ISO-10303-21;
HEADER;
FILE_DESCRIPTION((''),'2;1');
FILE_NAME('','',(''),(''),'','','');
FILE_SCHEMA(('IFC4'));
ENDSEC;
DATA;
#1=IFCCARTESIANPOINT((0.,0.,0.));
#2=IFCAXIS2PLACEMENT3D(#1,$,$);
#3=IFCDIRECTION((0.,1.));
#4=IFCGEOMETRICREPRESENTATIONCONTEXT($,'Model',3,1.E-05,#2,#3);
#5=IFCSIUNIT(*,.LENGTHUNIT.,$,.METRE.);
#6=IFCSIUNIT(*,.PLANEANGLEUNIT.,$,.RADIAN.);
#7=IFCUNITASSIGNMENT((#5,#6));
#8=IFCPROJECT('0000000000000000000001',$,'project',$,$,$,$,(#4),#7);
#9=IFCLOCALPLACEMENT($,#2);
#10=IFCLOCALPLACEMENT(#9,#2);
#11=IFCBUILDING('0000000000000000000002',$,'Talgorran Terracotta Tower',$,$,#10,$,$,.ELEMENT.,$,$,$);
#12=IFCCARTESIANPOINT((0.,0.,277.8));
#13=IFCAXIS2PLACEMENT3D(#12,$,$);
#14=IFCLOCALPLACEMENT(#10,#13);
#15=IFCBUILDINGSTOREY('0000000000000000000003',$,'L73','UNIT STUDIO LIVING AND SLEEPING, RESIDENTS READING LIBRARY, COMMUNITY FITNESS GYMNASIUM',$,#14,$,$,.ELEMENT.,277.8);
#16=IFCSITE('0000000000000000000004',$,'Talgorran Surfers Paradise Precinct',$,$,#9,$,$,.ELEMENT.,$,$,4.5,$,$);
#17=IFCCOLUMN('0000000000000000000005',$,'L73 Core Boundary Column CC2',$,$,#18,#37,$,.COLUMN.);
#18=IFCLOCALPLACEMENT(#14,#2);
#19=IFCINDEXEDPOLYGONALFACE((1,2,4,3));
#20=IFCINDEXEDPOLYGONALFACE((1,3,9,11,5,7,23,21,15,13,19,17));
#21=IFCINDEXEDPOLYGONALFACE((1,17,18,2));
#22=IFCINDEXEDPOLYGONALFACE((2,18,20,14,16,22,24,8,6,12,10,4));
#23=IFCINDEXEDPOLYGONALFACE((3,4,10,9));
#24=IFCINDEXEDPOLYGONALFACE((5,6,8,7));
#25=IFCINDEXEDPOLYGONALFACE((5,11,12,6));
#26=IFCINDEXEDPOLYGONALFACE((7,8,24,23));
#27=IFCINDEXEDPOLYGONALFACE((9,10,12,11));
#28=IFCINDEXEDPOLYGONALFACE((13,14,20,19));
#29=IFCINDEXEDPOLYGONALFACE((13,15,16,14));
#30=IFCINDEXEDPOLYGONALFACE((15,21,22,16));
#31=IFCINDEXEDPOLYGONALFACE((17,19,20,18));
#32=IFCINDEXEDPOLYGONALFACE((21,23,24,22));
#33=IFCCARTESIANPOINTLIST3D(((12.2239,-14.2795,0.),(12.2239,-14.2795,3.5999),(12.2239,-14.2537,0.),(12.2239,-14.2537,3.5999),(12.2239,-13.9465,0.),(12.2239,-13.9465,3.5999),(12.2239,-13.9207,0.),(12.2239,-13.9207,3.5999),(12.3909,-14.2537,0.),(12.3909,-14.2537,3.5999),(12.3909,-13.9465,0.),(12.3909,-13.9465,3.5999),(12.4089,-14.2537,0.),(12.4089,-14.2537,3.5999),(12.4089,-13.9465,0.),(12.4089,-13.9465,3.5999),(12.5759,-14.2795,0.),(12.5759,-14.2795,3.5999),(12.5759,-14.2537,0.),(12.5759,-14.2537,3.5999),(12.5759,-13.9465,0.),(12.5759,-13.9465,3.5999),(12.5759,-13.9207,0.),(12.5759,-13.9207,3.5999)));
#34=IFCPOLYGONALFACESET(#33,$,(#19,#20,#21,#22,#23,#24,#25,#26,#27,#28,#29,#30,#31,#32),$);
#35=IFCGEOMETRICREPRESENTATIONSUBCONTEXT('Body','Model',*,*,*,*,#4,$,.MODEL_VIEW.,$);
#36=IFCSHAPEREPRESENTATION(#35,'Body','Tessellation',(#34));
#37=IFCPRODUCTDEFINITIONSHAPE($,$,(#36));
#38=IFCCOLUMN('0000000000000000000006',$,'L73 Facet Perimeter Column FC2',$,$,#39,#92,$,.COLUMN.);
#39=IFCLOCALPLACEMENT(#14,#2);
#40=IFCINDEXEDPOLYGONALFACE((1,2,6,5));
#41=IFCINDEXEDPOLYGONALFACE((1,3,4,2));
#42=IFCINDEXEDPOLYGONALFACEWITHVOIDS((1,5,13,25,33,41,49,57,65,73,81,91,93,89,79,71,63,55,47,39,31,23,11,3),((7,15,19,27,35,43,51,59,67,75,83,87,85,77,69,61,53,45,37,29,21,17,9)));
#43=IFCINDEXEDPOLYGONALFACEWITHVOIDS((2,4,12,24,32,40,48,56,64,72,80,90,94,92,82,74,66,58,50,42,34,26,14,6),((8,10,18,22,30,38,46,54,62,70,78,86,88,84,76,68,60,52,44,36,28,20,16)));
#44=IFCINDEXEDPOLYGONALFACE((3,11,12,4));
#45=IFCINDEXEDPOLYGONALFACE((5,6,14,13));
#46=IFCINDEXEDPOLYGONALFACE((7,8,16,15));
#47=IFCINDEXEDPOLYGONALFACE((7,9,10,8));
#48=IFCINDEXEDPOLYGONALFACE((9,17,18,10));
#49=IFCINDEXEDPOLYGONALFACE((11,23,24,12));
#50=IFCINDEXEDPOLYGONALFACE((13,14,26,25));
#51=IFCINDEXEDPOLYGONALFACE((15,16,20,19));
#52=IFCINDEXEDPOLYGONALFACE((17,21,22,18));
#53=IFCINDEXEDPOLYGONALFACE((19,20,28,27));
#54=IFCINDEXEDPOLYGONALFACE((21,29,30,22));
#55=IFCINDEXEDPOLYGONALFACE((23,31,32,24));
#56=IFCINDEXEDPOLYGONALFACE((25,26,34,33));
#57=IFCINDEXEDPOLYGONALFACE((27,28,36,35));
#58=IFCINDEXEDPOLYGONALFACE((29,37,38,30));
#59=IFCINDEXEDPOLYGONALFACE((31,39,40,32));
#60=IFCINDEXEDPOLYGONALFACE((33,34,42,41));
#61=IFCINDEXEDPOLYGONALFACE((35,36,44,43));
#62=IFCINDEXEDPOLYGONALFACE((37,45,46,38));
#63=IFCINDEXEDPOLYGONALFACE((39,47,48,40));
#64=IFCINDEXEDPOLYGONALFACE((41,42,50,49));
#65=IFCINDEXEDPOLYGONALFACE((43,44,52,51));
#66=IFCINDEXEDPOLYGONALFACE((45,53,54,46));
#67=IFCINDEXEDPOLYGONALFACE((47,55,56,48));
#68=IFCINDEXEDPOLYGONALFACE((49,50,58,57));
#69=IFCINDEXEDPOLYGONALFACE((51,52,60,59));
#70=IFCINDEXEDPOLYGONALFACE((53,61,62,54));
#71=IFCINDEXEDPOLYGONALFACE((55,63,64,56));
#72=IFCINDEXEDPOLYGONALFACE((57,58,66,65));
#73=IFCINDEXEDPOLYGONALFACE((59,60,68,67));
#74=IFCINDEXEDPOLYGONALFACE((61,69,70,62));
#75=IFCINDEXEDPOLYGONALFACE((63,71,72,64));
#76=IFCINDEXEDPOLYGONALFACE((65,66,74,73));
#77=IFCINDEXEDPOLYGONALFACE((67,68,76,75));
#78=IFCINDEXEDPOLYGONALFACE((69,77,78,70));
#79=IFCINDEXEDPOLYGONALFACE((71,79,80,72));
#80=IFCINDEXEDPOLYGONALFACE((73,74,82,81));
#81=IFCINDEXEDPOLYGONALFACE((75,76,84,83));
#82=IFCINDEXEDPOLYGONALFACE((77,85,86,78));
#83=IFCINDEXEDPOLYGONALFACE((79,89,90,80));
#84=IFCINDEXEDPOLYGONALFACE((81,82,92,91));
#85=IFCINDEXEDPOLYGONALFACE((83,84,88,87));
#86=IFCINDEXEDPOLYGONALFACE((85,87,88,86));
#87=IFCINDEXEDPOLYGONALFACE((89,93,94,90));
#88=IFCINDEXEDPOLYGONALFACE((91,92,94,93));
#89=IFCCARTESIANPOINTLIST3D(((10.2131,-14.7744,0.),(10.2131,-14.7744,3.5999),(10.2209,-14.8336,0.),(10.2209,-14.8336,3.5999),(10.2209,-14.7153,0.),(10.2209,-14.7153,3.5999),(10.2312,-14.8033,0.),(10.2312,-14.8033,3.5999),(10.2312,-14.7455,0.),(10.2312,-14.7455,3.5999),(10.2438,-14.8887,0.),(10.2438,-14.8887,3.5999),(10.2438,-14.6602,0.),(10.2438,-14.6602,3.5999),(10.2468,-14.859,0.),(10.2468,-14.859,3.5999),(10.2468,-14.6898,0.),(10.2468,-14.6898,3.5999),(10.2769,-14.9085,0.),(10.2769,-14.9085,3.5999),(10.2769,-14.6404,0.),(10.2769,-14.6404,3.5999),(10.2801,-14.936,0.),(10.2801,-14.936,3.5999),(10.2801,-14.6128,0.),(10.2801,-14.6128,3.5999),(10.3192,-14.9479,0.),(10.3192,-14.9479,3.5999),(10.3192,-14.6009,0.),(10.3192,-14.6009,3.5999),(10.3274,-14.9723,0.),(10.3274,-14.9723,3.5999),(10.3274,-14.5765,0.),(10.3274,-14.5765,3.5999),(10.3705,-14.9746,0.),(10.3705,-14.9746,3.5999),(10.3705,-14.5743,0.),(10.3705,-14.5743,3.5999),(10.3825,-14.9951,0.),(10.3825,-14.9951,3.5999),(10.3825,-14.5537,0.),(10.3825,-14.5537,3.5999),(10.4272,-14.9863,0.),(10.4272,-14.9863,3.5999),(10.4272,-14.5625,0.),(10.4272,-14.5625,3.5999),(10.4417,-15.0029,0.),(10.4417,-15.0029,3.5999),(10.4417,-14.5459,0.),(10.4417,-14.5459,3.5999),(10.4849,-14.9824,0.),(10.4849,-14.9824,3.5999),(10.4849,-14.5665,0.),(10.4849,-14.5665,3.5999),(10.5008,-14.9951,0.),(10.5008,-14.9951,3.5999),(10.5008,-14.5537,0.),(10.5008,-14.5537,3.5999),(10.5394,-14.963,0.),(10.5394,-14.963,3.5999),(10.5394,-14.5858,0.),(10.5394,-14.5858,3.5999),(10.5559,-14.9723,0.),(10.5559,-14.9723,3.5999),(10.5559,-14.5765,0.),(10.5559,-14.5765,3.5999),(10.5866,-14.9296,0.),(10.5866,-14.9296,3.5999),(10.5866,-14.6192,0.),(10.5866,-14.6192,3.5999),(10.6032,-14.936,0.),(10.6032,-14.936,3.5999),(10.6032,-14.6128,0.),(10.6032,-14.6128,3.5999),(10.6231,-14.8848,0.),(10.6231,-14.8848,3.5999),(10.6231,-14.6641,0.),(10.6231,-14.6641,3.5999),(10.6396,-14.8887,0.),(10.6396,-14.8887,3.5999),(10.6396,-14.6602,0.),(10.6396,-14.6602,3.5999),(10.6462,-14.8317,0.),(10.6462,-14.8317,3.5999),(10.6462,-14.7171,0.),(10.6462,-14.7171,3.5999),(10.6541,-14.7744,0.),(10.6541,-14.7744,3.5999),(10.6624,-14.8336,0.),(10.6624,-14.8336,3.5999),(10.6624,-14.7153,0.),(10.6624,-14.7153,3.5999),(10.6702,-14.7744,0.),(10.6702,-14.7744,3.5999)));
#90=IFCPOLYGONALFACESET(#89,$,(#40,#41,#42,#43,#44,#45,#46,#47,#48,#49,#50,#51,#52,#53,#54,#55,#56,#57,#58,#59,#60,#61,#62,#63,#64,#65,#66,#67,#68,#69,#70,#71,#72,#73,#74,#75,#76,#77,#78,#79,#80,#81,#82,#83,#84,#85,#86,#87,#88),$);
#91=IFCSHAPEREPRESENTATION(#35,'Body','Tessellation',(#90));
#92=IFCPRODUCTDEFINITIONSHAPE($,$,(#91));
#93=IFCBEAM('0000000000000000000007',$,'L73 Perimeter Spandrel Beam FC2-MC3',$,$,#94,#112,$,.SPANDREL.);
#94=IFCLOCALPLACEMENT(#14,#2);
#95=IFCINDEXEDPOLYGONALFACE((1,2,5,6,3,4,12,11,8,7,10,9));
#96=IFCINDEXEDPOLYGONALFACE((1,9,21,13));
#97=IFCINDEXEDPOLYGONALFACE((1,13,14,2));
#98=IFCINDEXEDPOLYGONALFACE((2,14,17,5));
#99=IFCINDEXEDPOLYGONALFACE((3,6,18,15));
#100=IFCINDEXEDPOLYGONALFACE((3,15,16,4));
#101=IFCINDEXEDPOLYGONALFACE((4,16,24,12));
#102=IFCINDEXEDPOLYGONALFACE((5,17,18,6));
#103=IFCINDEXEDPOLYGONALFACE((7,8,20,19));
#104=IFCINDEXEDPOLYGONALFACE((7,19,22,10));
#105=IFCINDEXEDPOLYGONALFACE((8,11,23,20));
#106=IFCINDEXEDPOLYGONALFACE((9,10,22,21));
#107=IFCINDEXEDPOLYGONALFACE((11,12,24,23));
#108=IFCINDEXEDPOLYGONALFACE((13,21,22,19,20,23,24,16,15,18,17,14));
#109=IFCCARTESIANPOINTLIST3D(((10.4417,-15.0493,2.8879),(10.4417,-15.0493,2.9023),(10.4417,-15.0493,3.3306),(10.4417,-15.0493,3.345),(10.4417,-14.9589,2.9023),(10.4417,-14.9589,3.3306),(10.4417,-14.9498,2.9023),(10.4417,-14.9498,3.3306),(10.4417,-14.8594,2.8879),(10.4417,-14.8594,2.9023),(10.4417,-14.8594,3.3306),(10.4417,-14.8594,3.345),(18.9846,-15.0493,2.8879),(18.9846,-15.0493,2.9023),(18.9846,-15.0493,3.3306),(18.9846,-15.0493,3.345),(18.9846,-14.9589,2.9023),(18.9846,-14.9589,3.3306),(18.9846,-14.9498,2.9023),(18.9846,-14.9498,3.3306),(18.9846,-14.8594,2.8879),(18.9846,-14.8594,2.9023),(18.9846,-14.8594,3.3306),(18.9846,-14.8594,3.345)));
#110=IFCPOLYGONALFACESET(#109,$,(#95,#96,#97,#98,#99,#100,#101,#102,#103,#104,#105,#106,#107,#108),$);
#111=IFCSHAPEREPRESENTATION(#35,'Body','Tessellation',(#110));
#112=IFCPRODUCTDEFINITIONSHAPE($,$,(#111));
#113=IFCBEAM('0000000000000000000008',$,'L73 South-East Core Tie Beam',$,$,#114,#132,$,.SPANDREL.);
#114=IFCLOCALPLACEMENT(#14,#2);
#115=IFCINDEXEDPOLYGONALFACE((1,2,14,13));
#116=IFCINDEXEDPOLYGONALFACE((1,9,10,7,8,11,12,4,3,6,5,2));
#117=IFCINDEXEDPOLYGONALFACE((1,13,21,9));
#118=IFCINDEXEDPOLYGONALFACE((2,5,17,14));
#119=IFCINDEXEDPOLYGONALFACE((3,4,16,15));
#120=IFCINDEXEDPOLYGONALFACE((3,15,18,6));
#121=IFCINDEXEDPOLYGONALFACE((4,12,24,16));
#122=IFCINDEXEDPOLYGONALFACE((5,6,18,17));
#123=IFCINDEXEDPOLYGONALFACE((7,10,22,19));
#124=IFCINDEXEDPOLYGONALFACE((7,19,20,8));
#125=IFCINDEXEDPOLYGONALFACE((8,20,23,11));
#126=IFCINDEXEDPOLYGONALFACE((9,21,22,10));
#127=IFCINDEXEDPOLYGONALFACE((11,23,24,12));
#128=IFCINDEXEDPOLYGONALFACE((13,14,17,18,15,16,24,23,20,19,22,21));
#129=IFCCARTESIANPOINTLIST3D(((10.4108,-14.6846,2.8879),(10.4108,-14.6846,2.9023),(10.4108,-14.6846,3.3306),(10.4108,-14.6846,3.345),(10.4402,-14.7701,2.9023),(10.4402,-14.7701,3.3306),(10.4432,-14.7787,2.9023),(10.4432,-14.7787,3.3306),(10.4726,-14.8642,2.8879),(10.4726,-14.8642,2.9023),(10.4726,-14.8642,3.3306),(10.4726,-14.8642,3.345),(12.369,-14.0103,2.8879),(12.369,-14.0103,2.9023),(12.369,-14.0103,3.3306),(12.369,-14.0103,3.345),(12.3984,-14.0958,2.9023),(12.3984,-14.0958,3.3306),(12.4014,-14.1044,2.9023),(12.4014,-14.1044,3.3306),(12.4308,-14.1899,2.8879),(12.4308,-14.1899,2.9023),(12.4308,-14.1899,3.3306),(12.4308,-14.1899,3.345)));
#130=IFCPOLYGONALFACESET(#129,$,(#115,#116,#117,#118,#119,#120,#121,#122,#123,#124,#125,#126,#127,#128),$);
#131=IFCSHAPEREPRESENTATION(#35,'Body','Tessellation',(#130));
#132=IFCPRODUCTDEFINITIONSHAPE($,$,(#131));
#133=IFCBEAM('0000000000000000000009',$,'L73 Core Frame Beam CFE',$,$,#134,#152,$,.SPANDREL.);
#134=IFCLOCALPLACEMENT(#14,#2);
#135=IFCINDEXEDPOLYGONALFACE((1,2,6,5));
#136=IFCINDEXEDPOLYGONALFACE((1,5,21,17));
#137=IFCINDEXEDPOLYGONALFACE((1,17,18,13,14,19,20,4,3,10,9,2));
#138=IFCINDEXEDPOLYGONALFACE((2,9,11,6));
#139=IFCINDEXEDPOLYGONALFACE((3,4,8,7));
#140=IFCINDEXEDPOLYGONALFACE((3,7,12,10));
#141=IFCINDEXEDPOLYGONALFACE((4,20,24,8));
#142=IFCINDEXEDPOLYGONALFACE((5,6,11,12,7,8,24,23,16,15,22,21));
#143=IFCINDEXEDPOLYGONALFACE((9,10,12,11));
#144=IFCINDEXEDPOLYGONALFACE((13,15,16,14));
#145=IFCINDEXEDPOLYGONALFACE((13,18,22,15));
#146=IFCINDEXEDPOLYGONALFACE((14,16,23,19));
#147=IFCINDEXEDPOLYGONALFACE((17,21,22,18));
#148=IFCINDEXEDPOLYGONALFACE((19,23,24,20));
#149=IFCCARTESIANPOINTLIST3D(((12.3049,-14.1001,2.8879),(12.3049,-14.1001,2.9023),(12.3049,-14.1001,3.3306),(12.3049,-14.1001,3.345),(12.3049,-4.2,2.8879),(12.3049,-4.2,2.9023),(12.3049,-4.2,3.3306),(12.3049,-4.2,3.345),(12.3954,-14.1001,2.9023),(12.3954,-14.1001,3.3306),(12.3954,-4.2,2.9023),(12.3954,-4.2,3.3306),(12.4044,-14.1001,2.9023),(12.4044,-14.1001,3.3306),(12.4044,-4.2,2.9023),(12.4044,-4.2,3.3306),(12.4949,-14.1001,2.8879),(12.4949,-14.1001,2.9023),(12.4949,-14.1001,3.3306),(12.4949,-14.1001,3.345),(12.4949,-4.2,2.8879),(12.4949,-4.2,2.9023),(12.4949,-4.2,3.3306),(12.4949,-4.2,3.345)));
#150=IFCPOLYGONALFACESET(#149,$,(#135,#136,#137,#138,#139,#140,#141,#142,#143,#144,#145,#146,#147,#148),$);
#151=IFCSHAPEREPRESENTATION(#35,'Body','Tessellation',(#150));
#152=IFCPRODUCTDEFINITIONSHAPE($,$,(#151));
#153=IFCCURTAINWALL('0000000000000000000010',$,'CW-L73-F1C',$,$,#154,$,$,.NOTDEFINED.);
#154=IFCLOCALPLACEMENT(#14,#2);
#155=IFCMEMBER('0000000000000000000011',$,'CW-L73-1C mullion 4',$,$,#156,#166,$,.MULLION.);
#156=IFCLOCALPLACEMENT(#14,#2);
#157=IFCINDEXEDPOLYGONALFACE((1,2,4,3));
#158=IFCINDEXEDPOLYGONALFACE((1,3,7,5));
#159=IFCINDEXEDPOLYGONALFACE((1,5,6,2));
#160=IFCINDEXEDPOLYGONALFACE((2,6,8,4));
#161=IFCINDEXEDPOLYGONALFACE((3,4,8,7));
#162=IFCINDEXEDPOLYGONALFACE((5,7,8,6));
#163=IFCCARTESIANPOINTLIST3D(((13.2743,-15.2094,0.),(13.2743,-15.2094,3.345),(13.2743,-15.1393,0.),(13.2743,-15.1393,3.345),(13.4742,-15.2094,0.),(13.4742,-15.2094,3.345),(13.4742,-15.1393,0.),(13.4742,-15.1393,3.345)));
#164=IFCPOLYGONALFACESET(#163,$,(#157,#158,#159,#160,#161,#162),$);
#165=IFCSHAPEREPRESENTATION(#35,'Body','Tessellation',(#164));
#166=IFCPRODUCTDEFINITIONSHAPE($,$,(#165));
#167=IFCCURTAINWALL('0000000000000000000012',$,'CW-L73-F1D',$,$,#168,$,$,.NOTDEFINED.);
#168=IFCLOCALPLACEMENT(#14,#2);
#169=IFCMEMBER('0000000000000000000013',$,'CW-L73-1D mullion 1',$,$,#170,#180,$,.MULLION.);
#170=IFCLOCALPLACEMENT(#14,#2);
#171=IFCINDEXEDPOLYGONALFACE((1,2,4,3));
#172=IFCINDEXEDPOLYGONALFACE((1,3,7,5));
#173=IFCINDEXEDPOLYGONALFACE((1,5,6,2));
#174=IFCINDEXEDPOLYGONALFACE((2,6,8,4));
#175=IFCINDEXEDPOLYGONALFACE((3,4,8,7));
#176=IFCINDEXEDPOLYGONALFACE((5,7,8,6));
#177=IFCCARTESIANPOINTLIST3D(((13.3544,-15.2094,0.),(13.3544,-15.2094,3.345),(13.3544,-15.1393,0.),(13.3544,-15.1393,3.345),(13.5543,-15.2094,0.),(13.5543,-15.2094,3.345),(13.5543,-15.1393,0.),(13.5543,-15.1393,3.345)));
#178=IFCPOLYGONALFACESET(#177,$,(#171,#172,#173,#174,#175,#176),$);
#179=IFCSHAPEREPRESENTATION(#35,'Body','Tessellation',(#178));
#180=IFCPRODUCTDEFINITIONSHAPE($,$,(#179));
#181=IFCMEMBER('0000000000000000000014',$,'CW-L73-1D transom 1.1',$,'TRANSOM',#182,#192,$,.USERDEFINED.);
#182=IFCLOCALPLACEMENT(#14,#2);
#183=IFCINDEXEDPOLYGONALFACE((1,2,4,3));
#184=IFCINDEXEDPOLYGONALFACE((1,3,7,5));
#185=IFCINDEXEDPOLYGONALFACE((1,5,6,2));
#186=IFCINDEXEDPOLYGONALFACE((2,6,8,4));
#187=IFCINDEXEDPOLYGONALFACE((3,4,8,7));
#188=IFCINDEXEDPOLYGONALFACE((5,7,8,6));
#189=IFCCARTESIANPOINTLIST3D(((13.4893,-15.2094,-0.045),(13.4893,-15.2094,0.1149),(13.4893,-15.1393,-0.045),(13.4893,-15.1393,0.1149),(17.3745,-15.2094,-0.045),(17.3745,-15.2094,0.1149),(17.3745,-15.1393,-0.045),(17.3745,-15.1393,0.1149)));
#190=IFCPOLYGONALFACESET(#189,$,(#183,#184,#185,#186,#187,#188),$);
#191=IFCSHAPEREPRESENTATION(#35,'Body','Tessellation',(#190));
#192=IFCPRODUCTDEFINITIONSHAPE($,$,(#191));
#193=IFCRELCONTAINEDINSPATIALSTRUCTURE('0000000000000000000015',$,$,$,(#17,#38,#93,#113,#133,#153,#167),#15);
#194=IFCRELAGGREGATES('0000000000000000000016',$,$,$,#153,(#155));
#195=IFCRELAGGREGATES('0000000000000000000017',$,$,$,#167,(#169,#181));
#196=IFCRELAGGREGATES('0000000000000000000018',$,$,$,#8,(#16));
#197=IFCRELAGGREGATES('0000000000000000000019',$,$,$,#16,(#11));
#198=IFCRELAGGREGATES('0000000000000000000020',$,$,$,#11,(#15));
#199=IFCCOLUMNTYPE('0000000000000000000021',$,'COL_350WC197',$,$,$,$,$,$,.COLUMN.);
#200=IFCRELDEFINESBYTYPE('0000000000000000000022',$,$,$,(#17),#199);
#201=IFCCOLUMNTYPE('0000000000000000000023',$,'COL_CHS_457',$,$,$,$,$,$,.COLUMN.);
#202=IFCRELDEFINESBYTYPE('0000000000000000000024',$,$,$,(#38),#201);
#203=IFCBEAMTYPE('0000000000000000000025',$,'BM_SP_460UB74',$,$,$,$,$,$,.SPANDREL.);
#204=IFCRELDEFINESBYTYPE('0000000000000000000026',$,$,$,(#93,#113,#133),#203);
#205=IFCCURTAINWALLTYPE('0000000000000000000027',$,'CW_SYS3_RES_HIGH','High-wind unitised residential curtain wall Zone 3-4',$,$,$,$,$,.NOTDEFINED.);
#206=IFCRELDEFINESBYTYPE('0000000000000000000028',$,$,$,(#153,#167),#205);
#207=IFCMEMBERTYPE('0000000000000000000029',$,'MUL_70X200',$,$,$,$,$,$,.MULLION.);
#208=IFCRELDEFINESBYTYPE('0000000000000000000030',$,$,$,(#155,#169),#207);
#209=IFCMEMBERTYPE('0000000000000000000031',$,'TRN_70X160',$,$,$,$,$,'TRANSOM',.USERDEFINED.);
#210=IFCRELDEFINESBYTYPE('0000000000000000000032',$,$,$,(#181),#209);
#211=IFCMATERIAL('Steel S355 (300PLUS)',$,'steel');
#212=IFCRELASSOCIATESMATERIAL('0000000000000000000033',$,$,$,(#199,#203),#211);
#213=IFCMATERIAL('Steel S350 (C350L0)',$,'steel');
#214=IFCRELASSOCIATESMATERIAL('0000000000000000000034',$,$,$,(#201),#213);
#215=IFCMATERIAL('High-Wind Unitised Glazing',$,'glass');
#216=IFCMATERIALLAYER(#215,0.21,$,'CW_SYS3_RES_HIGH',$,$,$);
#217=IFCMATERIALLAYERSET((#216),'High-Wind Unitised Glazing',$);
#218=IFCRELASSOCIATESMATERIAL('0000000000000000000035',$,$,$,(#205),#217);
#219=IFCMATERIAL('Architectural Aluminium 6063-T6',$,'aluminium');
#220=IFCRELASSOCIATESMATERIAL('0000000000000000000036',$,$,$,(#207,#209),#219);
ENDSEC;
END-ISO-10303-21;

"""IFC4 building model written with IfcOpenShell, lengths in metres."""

from ifc_helpers import new_model, si_unit, direction, frame, origin, origin_2d, place, context, subcontext, project, spatial, rectangle, hollow_circle, i_section, extrude, material, layer, layer_set, material_profile, profile_set, type_object, element, aggregate, save


model = new_model("IFC4")

# Units and contexts
model_context = context("Model", 3, precision=1e-05, world=origin(), true_north=direction((0.0, 1.0)))
body_context = subcontext(model_context, "Body", "Model", "MODEL_VIEW")
ifc_project = project(units=[si_unit("LENGTHUNIT", "METRE"), si_unit("PLANEANGLEUNIT", "RADIAN")], contexts=[model_context])

# Site, building, storey
site_placement = place(None, origin())
site = spatial("IfcSite", under=ifc_project, at=site_placement, Name="Talgorran Surfers Paradise Precinct", CompositionType="ELEMENT", RefElevation=4.5)
building_placement = place(site_placement, origin())
building = spatial("IfcBuilding", under=site, at=building_placement, Name="Talgorran Terracotta Tower", CompositionType="ELEMENT")
storey_placement = place(building_placement, frame((0.0, 0.0, 277.8)))
storey = spatial("IfcBuildingStorey", under=building, at=storey_placement, Name="L73", Description="UNIT STUDIO LIVING AND SLEEPING, RESIDENTS READING LIBRARY, COMMUNITY FITNESS GYMNASIUM", CompositionType="ELEMENT", Elevation=277.8)

# Columns
ifc_material_1 = material(Name="Steel S355 (300PLUS)", Category="steel")
ifc_material_profile_1 = material_profile(ifc_material_1, i_section(OverallWidth=0.3521, OverallDepth=0.3589, WebThickness=0.0181, FlangeThickness=0.0259, at=origin_2d()), Name="350WC197")
ifc_profile_set_1 = profile_set([ifc_material_profile_1], Name="Steel S355 (300PLUS)")
column_type_1 = type_object("IfcColumnType", Name="COL_350WC197", PredefinedType="COLUMN", material=ifc_profile_set_1)
column_1_placement = place(storey_placement, frame((12.3999, -14.1001, 0.0), z_axis=(0.0, 0.0, 1.0), x_axis=(1.0, 0.0, 0.0)))
element("IfcColumn", 1, at=column_1_placement, inside=storey, type_object=column_type_1, Name="L73 Core Boundary Column CC2", PredefinedType="COLUMN", context=body_context, shape_type="SweptSolid", body=[
    extrude(i_section(OverallWidth=0.3521, OverallDepth=0.3589, WebThickness=0.0181, FlangeThickness=0.0259, at=origin_2d()), origin(), (0.0, 0.0, 1.0), 3.5999),
])
ifc_material_2 = material(Name="Steel S350 (C350L0)", Category="steel")
ifc_material_profile_2 = material_profile(ifc_material_2, hollow_circle(Radius=0.2285, WallThickness=0.0161, at=origin_2d()), Name="CHS457X16")
ifc_profile_set_2 = profile_set([ifc_material_profile_2], Name="Steel S350 (C350L0)")
column_type_2 = type_object("IfcColumnType", Name="COL_CHS_457", PredefinedType="COLUMN", material=ifc_profile_set_2)
column_2_placement = place(storey_placement, frame((10.4417, -14.7744, 0.0), z_axis=(0.0, 0.0, 1.0), x_axis=(1.0, 0.0, 0.0)))
element("IfcColumn", 2, at=column_2_placement, inside=storey, type_object=column_type_2, Name="L73 Facet Perimeter Column FC2", PredefinedType="COLUMN", context=body_context, shape_type="SweptSolid", body=[
    extrude(hollow_circle(Radius=0.2285, WallThickness=0.0161, at=origin_2d()), origin(), (0.0, 0.0, 1.0), 3.5999),
])

# Beams
ifc_material_profile_3 = material_profile(ifc_material_1, i_section(OverallWidth=0.1899, OverallDepth=0.457, WebThickness=0.009, FlangeThickness=0.0144, at=origin_2d()), Name="460UB74.6")
ifc_profile_set_3 = profile_set([ifc_material_profile_3], Name="Steel S355 (300PLUS)")
beam_type = type_object("IfcBeamType", Name="BM_SP_460UB74", PredefinedType="SPANDREL", material=ifc_profile_set_3)
beam_1_placement = place(storey_placement, frame((10.4417, -14.9543, 3.1165), z_axis=(1.0, 0.0, 0.0), x_axis=(0.0, 1.0, 0.0)))
element("IfcBeam", 3, at=beam_1_placement, inside=storey, type_object=beam_type, Name="L73 Perimeter Spandrel Beam FC2-MC3", PredefinedType="SPANDREL", context=body_context, shape_type="SweptSolid", body=[
    extrude(i_section(OverallWidth=0.1899, OverallDepth=0.457, WebThickness=0.009, FlangeThickness=0.0144, at=origin_2d()), origin(), (0.0, 0.0, 1.0), 8.543),
])
beam_2_placement = place(storey_placement, frame((12.3999, -14.1001, 3.1165), z_axis=(-0.945513, -0.325584, 0.0), x_axis=(0.325584, -0.945513, 0.0)))
element("IfcBeam", 4, at=beam_2_placement, inside=storey, type_object=beam_type, Name="L73 South-East Core Tie Beam", PredefinedType="SPANDREL", context=body_context, shape_type="SweptSolid", body=[
    extrude(i_section(OverallWidth=0.1899, OverallDepth=0.457, WebThickness=0.009, FlangeThickness=0.0144, at=origin_2d()), origin(), (0.0, 0.0, 1.0), 2.071),
])
beam_3_placement = place(storey_placement, frame((12.3999, -14.1001, 3.1165), z_axis=(0.0, 1.0, 0.0), x_axis=(-1.0, 0.0, 0.0)))
element("IfcBeam", 5, at=beam_3_placement, inside=storey, type_object=beam_type, Name="L73 Core Frame Beam CFE", PredefinedType="SPANDREL", context=body_context, shape_type="SweptSolid", body=[
    extrude(i_section(OverallWidth=0.1899, OverallDepth=0.457, WebThickness=0.009, FlangeThickness=0.0144, at=origin_2d()), origin(), (0.0, 0.0, 1.0), 9.9001),
])

# Curtain wall, member
ifc_material_3 = material(Name="High-Wind Unitised Glazing", Category="glass")
ifc_layer_1 = layer(ifc_material_3, 0.21, Name="CW_SYS3_RES_HIGH")
ifc_layer_set_1 = layer_set([ifc_layer_1], Name="High-Wind Unitised Glazing")
curtain_wall_type = type_object("IfcCurtainWallType", Name="CW_SYS3_RES_HIGH", Description="High-wind unitised residential curtain wall Zone 3-4", PredefinedType="NOTDEFINED", material=ifc_layer_set_1)
curtain_wall_1_placement = place(storey_placement, origin())
curtain_wall_1 = element("IfcCurtainWall", 6, at=curtain_wall_1_placement, inside=storey, type_object=curtain_wall_type, Name="CW-L73-F1C", PredefinedType="NOTDEFINED")
ifc_material_4 = material(Name="Architectural Aluminium 6063-T6", Category="aluminium")
ifc_material_profile_4 = material_profile(ifc_material_4, rectangle(XDim=0.0701, YDim=0.2, at=origin_2d()), Name="CWM70X200")
ifc_profile_set_4 = profile_set([ifc_material_profile_4], Name="Architectural Aluminium 6063-T6")
member_type_1 = type_object("IfcMemberType", Name="MUL_70X200", PredefinedType="MULLION", material=ifc_profile_set_4)
member_1_placement = place(storey_placement, frame((13.3743, -15.1743, 0.0), z_axis=(0.0, 0.0, 1.0), x_axis=(0.0, 1.0, 0.0)))
member_1 = element("IfcMember", 7, at=member_1_placement, type_object=member_type_1, Name="CW-L73-1C mullion 4", PredefinedType="MULLION", context=body_context, shape_type="SweptSolid", body=[
    extrude(rectangle(XDim=0.0701, YDim=0.2, at=origin_2d()), origin(), (0.0, 0.0, 1.0), 3.345),
])
aggregate(curtain_wall_1, [member_1])

# Curtain wall, members
curtain_wall_2_placement = place(storey_placement, origin())
curtain_wall_2 = element("IfcCurtainWall", 8, at=curtain_wall_2_placement, inside=storey, type_object=curtain_wall_type, Name="CW-L73-F1D", PredefinedType="NOTDEFINED")
member_2_placement = place(storey_placement, frame((13.4543, -15.1743, 0.0), z_axis=(0.0, 0.0, 1.0), x_axis=(0.0, 1.0, 0.0)))
member_2 = element("IfcMember", 9, at=member_2_placement, type_object=member_type_1, Name="CW-L73-1D mullion 1", PredefinedType="MULLION", context=body_context, shape_type="SweptSolid", body=[
    extrude(rectangle(XDim=0.0701, YDim=0.2, at=origin_2d()), origin(), (0.0, 0.0, 1.0), 3.345),
])
ifc_material_profile_5 = material_profile(ifc_material_4, rectangle(XDim=0.0701, YDim=0.1599, at=origin_2d()), Name="CWT70X160")
ifc_profile_set_5 = profile_set([ifc_material_profile_5], Name="Architectural Aluminium 6063-T6")
member_type_2 = type_object("IfcMemberType", Name="TRN_70X160", ElementType="TRANSOM", PredefinedType="USERDEFINED", material=ifc_profile_set_5)
member_3_placement = place(storey_placement, frame((13.4893, -15.1743, 0.0349), z_axis=(1.0, 0.0, 0.0), x_axis=(0.0, 1.0, 0.0)))
member_3 = element("IfcMember", 10, at=member_3_placement, type_object=member_type_2, Name="CW-L73-1D transom 1.1", ObjectType="TRANSOM", PredefinedType="USERDEFINED", context=body_context, shape_type="SweptSolid", body=[
    extrude(rectangle(XDim=0.0701, YDim=0.1599, at=origin_2d()), origin(), (0.0, 0.0, 1.0), 3.8853),
])
aggregate(curtain_wall_2, [member_2, member_3])

save(model, "model.ifc")
